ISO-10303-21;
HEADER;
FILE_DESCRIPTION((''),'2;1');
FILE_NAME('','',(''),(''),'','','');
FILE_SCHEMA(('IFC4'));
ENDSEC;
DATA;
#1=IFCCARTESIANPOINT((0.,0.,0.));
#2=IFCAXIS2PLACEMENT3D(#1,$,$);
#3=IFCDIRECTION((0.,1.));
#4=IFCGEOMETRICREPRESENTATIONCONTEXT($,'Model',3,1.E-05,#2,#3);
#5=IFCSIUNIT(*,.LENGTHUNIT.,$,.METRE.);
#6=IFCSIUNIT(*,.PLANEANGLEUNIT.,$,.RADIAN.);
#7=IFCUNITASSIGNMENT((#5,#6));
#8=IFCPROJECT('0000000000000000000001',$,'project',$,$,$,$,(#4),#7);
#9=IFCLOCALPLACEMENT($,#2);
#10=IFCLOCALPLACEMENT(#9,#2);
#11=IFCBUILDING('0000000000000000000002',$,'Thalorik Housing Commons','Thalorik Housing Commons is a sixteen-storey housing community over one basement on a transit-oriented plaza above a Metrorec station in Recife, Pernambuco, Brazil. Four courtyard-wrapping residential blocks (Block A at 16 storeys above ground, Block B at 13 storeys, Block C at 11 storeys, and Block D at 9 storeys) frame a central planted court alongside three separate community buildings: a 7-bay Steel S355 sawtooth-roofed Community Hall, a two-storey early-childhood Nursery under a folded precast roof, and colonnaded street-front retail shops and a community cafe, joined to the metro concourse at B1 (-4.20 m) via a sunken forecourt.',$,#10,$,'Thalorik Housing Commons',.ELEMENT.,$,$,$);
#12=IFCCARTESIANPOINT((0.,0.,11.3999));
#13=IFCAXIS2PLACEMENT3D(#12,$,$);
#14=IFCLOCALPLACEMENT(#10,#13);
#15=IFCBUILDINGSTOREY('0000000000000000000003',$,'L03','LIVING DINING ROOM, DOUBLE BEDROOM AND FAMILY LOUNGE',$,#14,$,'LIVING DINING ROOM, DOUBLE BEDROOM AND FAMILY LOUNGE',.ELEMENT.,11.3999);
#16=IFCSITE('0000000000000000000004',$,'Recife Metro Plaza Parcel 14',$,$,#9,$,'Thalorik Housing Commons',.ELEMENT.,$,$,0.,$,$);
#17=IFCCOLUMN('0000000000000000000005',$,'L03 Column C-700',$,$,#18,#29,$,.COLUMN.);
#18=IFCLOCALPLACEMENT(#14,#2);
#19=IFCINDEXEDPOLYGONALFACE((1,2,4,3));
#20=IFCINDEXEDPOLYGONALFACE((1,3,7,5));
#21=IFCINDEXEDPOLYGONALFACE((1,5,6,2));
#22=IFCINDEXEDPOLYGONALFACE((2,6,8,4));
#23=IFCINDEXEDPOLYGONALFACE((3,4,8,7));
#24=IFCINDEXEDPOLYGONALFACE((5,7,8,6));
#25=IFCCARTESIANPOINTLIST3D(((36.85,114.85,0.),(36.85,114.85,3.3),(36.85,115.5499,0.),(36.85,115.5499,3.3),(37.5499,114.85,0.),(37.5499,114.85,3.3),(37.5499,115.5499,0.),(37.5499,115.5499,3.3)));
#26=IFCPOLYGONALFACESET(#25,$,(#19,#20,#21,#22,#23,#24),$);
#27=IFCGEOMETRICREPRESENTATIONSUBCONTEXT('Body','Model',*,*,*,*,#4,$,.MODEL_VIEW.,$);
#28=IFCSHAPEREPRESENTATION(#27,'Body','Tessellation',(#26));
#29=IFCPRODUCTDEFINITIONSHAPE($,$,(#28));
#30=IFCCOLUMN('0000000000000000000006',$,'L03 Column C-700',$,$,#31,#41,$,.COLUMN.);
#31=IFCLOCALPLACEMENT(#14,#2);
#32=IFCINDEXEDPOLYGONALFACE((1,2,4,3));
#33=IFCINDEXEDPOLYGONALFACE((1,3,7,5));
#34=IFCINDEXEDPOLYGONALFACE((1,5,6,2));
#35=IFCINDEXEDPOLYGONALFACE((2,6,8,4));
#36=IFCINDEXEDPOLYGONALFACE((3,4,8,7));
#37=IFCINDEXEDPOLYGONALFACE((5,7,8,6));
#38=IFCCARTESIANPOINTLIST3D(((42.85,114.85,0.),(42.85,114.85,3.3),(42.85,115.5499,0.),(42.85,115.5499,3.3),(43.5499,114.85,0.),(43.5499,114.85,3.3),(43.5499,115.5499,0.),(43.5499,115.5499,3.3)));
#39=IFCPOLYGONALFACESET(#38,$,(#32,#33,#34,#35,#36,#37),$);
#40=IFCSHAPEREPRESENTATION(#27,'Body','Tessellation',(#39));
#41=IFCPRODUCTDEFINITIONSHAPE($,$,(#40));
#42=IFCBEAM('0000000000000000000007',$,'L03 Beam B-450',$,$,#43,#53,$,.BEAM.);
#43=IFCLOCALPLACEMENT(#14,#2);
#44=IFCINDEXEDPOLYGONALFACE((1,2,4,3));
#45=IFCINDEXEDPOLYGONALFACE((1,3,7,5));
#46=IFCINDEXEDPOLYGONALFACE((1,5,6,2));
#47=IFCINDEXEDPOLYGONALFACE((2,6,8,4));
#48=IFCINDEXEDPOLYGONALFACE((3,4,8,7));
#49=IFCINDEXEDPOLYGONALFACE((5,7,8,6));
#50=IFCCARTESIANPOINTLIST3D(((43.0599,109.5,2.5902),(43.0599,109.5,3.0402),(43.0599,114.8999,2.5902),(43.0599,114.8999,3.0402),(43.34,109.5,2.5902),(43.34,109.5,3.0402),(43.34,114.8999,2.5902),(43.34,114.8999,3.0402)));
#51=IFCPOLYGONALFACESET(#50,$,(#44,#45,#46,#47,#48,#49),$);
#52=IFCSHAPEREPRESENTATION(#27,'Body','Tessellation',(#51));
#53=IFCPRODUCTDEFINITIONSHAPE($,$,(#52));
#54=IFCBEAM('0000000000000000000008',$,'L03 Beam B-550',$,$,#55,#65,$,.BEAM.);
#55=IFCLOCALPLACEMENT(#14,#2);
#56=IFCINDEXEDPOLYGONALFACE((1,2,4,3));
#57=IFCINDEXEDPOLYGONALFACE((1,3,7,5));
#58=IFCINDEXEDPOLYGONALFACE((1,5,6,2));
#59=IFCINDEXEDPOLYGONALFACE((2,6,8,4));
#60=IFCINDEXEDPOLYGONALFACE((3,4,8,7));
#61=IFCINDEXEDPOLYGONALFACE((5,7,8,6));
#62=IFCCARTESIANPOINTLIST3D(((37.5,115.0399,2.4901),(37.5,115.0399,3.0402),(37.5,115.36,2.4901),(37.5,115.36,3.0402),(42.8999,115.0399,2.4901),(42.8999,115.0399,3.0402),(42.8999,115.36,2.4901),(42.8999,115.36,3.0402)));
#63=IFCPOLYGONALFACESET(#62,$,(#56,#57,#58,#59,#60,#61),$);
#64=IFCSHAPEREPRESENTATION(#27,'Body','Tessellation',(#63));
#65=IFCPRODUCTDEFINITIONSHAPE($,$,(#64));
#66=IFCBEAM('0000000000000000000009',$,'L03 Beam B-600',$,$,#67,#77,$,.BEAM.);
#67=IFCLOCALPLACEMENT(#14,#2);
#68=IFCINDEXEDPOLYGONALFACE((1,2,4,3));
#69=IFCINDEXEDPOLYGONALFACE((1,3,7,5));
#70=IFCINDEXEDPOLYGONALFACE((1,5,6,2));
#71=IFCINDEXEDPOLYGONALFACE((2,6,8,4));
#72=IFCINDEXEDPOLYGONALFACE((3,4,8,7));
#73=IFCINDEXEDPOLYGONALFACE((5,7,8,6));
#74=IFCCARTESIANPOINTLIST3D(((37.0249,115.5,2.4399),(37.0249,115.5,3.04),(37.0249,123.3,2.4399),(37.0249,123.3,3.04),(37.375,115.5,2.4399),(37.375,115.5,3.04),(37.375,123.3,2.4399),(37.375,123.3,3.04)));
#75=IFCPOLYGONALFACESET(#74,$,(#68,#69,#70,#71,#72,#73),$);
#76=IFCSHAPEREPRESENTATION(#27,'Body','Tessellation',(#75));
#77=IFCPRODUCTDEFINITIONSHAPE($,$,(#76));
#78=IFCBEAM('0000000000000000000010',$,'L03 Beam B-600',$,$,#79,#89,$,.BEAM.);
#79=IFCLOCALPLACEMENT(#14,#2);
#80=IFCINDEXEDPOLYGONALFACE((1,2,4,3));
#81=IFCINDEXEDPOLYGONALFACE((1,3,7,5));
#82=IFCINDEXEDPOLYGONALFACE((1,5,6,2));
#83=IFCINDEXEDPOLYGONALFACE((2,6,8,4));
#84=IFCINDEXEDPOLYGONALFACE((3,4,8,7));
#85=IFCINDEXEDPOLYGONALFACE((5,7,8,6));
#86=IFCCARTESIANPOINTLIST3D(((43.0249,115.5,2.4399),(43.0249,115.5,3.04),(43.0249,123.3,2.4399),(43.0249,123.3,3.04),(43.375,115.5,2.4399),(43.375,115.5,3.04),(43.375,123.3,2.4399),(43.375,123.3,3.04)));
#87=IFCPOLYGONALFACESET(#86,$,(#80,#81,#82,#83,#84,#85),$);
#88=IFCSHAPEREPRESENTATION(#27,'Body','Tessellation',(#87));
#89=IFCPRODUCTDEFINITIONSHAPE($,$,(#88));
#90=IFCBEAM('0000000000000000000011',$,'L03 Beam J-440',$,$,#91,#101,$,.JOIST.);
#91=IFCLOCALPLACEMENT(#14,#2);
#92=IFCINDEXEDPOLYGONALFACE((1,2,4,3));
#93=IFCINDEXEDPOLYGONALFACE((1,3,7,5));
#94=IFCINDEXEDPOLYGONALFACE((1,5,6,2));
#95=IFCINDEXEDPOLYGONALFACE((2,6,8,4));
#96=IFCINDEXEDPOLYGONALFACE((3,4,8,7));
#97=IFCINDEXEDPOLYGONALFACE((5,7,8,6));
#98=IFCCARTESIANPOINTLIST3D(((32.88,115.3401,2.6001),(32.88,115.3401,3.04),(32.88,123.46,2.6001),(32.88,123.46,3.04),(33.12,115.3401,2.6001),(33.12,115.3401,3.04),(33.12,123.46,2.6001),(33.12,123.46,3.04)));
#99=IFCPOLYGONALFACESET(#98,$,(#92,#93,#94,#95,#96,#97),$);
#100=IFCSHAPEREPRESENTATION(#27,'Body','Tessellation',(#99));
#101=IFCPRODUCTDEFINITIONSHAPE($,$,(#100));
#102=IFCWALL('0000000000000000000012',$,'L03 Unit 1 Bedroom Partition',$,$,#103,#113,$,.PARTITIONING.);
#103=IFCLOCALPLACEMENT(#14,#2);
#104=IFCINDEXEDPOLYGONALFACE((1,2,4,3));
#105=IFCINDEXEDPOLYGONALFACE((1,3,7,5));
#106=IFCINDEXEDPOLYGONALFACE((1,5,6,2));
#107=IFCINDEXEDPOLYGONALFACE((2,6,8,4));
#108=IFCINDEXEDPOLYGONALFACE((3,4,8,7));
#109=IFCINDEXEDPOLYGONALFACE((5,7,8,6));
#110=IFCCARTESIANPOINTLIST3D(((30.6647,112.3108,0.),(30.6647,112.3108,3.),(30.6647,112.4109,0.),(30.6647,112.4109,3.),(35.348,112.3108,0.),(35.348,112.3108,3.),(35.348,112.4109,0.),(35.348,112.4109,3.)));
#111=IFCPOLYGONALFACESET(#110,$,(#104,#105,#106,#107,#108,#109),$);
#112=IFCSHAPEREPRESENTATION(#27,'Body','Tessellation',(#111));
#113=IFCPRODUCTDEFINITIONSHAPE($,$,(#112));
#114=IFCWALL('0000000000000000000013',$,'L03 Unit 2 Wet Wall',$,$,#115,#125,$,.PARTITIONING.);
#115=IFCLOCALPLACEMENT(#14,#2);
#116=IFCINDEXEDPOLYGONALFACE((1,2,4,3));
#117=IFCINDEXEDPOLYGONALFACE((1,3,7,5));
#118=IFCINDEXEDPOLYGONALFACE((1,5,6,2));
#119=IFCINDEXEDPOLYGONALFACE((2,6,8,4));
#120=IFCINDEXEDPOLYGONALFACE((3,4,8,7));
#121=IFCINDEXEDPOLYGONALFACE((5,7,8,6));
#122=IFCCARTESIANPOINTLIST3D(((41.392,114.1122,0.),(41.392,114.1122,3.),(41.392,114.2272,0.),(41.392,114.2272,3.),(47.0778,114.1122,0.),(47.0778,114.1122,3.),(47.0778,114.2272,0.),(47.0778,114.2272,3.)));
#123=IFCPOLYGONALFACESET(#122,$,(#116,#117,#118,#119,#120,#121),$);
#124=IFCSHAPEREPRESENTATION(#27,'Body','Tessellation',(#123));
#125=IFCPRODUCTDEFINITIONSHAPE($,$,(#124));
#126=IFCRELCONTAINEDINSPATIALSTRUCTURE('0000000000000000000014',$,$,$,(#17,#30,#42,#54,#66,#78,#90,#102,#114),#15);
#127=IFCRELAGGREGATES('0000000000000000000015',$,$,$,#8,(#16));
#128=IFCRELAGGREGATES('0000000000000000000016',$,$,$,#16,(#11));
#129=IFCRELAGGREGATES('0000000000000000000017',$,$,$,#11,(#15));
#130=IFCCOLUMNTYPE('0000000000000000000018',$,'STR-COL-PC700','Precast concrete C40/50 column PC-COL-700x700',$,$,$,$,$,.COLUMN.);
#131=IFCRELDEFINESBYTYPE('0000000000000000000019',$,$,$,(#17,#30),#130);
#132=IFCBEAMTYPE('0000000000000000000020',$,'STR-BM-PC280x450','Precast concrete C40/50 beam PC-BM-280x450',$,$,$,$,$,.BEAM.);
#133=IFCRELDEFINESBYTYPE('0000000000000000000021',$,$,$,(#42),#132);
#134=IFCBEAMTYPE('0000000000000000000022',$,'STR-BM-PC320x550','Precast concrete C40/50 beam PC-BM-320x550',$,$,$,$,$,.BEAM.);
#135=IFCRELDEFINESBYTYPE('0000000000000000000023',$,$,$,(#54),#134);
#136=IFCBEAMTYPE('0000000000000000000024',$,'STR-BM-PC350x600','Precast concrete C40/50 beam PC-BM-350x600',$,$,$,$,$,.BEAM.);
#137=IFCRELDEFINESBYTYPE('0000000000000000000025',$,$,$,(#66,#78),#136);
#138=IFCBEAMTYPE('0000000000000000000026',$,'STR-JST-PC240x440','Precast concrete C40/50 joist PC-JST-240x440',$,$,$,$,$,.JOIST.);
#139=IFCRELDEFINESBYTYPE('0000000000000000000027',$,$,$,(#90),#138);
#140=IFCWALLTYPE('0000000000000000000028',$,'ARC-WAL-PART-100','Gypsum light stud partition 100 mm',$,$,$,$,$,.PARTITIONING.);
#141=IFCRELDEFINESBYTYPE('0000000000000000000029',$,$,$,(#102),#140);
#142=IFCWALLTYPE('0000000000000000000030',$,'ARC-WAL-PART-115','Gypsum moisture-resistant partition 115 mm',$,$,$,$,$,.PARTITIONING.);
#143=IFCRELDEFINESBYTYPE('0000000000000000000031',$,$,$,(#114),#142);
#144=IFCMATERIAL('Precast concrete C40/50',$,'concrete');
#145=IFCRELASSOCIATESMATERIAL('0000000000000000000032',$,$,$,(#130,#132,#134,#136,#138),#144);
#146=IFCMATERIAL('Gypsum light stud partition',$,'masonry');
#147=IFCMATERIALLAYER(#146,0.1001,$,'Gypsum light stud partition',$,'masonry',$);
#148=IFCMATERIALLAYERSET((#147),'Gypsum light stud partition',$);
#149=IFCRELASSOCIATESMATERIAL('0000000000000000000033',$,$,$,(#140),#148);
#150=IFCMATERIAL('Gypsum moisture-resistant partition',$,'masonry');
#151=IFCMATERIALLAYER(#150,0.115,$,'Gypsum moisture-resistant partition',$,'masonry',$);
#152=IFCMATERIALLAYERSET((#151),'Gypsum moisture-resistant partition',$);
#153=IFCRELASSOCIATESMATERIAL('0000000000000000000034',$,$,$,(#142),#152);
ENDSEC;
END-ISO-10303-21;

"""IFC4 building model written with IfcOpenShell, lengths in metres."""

from ifc_helpers import new_model, si_unit, direction, frame, frame_2d, origin, origin_2d, place, context, subcontext, project, spatial, rectangle, extrude, material, layer, layer_set, material_profile, profile_set, type_object, element, save


model = new_model("IFC4")

# Units and contexts
model_context = context("Model", 3, precision=1e-05, world=origin(), true_north=direction((0.0, 1.0)))
body_context = subcontext(model_context, "Body", "Model", "MODEL_VIEW")
ifc_project = project(units=[si_unit("LENGTHUNIT", "METRE"), si_unit("PLANEANGLEUNIT", "RADIAN")], contexts=[model_context])

# Site, building, storey
site_placement = place(None, origin())
site = spatial("IfcSite", under=ifc_project, at=site_placement, Name="Recife Metro Plaza Parcel 14", LongName="Thalorik Housing Commons", CompositionType="ELEMENT", RefElevation=0.0)
building_placement = place(site_placement, origin())
building = spatial("IfcBuilding", under=site, at=building_placement, Name="Thalorik Housing Commons", Description="Thalorik Housing Commons is a sixteen-storey housing community over one basement on a transit-oriented plaza above a Metrorec station in Recife, Pernambuco, Brazil. Four courtyard-wrapping residential blocks (Block A at 16 storeys above ground, Block B at 13 storeys, Block C at 11 storeys, and Block D at 9 storeys) frame a central planted court alongside three separate community buildings: a 7-bay Steel S355 sawtooth-roofed Community Hall, a two-storey early-childhood Nursery under a folded precast roof, and colonnaded street-front retail shops and a community cafe, joined to the metro concourse at B1 (-4.20 m) via a sunken forecourt.", LongName="Thalorik Housing Commons", CompositionType="ELEMENT")
storey_placement = place(building_placement, frame((0.0, 0.0, 11.3999)))
storey = spatial("IfcBuildingStorey", under=building, at=storey_placement, Name="L03", Description="LIVING DINING ROOM, DOUBLE BEDROOM AND FAMILY LOUNGE", LongName="LIVING DINING ROOM, DOUBLE BEDROOM AND FAMILY LOUNGE", CompositionType="ELEMENT", Elevation=11.3999)

# Columns
ifc_material_1 = material(Name="Precast concrete C40/50", Category="concrete")
ifc_material_profile_1 = material_profile(ifc_material_1, rectangle(XDim=0.7, YDim=0.7, at=origin_2d()), Name="PC 700x700", Category="concrete")
ifc_profile_set_1 = profile_set([ifc_material_profile_1], Name="Precast concrete C40/50")
column_type = type_object("IfcColumnType", Name="STR-COL-PC700", Description="Precast concrete C40/50 column PC-COL-700x700", PredefinedType="COLUMN", material=ifc_profile_set_1)
for number, where, z_axis, x_axis, name in (
    (1, (37.2, 115.2, 0.0), (0.0, 0.0, 1.0), (1.0, 0.0, 0.0), "L03 Column C-700"),
    (2, (43.2, 115.2, 0.0), (0.0, 0.0, 1.0), (1.0, 0.0, 0.0), "L03 Column C-700"),
):
    element("IfcColumn", number, at=place(storey_placement, frame(where, z_axis=z_axis, x_axis=x_axis)), inside=storey, type_object=column_type, Name=name, PredefinedType="COLUMN", context=body_context, shape_type="SweptSolid", body=[
        extrude(rectangle(XDim=0.7, YDim=0.7, at=origin_2d()), origin(), (0.0, 0.0, 1.0), 3.3),
    ])

# Beams
ifc_material_profile_2 = material_profile(ifc_material_1, rectangle(XDim=0.28, YDim=0.45, at=origin_2d()), Name="PC 280x450", Category="concrete")
ifc_profile_set_2 = profile_set([ifc_material_profile_2], Name="Precast concrete C40/50")
beam_type_1 = type_object("IfcBeamType", Name="STR-BM-PC280x450", Description="Precast concrete C40/50 beam PC-BM-280x450", PredefinedType="BEAM", material=ifc_profile_set_2)
beam_1_placement = place(storey_placement, frame((43.2, 109.5, 2.8152), z_axis=(0.0, 1.0, 0.0), x_axis=(-1.0, 0.0, 0.0)))
element("IfcBeam", 3, at=beam_1_placement, inside=storey, type_object=beam_type_1, Name="L03 Beam B-450", PredefinedType="BEAM", context=body_context, shape_type="SweptSolid", body=[
    extrude(rectangle(XDim=0.28, YDim=0.45, at=origin_2d()), origin(), (0.0, 0.0, 1.0), 5.3999),
])
ifc_material_profile_3 = material_profile(ifc_material_1, rectangle(XDim=0.3201, YDim=0.55, at=origin_2d()), Name="PC 320x550", Category="concrete")
ifc_profile_set_3 = profile_set([ifc_material_profile_3], Name="Precast concrete C40/50")
beam_type_2 = type_object("IfcBeamType", Name="STR-BM-PC320x550", Description="Precast concrete C40/50 beam PC-BM-320x550", PredefinedType="BEAM", material=ifc_profile_set_3)
beam_2_placement = place(storey_placement, frame((37.5, 115.2, 2.7651), z_axis=(1.0, 0.0, 0.0), x_axis=(0.0, 1.0, 0.0)))
element("IfcBeam", 4, at=beam_2_placement, inside=storey, type_object=beam_type_2, Name="L03 Beam B-550", PredefinedType="BEAM", context=body_context, shape_type="SweptSolid", body=[
    extrude(rectangle(XDim=0.3201, YDim=0.55, at=origin_2d()), origin(), (0.0, 0.0, 1.0), 5.3999),
])
ifc_material_profile_4 = material_profile(ifc_material_1, rectangle(XDim=0.3501, YDim=0.6001, at=origin_2d()), Name="PC 350x600", Category="concrete")
ifc_profile_set_4 = profile_set([ifc_material_profile_4], Name="Precast concrete C40/50")
beam_type_3 = type_object("IfcBeamType", Name="STR-BM-PC350x600", Description="Precast concrete C40/50 beam PC-BM-350x600", PredefinedType="BEAM", material=ifc_profile_set_4)
for number, where, z_axis, x_axis, name in (
    (5, (37.2, 115.5, 2.74), (0.0, 1.0, 0.0), (-1.0, 0.0, 0.0), "L03 Beam B-600"),
    (6, (43.2, 115.5, 2.74), (0.0, 1.0, 0.0), (-1.0, 0.0, 0.0), "L03 Beam B-600"),
):
    element("IfcBeam", number, at=place(storey_placement, frame(where, z_axis=z_axis, x_axis=x_axis)), inside=storey, type_object=beam_type_3, Name=name, PredefinedType="BEAM", context=body_context, shape_type="SweptSolid", body=[
        extrude(rectangle(XDim=0.3501, YDim=0.6001, at=origin_2d()), origin(), (0.0, 0.0, 1.0), 7.8),
    ])
ifc_material_profile_5 = material_profile(ifc_material_1, rectangle(XDim=0.24, YDim=0.4399, at=origin_2d()), Name="PC JST 240x440", Category="concrete")
ifc_profile_set_5 = profile_set([ifc_material_profile_5], Name="Precast concrete C40/50")
beam_type_4 = type_object("IfcBeamType", Name="STR-JST-PC240x440", Description="Precast concrete C40/50 joist PC-JST-240x440", PredefinedType="JOIST", material=ifc_profile_set_5)
beam_3_placement = place(storey_placement, frame((33.0, 115.3401, 2.8201), z_axis=(0.0, 1.0, 0.0), x_axis=(-1.0, 0.0, 0.0)))
element("IfcBeam", 7, at=beam_3_placement, inside=storey, type_object=beam_type_4, Name="L03 Beam J-440", PredefinedType="JOIST", context=body_context, shape_type="SweptSolid", body=[
    extrude(rectangle(XDim=0.24, YDim=0.4399, at=origin_2d()), origin(), (0.0, 0.0, 1.0), 8.1199),
])

# Walls
ifc_material_2 = material(Name="Gypsum light stud partition", Category="masonry")
ifc_layer_1 = layer(ifc_material_2, 0.1001, Name="Gypsum light stud partition", Category="masonry")
ifc_layer_set_1 = layer_set([ifc_layer_1], Name="Gypsum light stud partition")
wall_type_1 = type_object("IfcWallType", Name="ARC-WAL-PART-100", Description="Gypsum light stud partition 100 mm", PredefinedType="PARTITIONING", material=ifc_layer_set_1)
wall_1_placement = place(storey_placement, frame((30.6646, 112.3608, 0.0), z_axis=(0.0, 0.0, 1.0), x_axis=(1.0, 0.0, 0.0)))
element("IfcWall", 8, at=wall_1_placement, inside=storey, type_object=wall_type_1, Name="L03 Unit 1 Bedroom Partition", PredefinedType="PARTITIONING", context=body_context, shape_type="SweptSolid", body=[
    extrude(rectangle(XDim=4.6833, YDim=0.1001, at=frame_2d((2.3418, 0.0))), origin(), (0.0, 0.0, 1.0), 3.0),
])
ifc_material_3 = material(Name="Gypsum moisture-resistant partition", Category="masonry")
ifc_layer_2 = layer(ifc_material_3, 0.115, Name="Gypsum moisture-resistant partition", Category="masonry")
ifc_layer_set_2 = layer_set([ifc_layer_2], Name="Gypsum moisture-resistant partition")
wall_type_2 = type_object("IfcWallType", Name="ARC-WAL-PART-115", Description="Gypsum moisture-resistant partition 115 mm", PredefinedType="PARTITIONING", material=ifc_layer_set_2)
wall_2_placement = place(storey_placement, frame((41.3921, 114.1697, 0.0), z_axis=(0.0, 0.0, 1.0), x_axis=(1.0, 0.0, 0.0)))
element("IfcWall", 9, at=wall_2_placement, inside=storey, type_object=wall_type_2, Name="L03 Unit 2 Wet Wall", PredefinedType="PARTITIONING", context=body_context, shape_type="SweptSolid", body=[
    extrude(rectangle(XDim=5.6858, YDim=0.115, at=frame_2d((2.8428, 0.0))), origin(), (0.0, 0.0, 1.0), 3.0),
])

save(model, "model.ifc")
